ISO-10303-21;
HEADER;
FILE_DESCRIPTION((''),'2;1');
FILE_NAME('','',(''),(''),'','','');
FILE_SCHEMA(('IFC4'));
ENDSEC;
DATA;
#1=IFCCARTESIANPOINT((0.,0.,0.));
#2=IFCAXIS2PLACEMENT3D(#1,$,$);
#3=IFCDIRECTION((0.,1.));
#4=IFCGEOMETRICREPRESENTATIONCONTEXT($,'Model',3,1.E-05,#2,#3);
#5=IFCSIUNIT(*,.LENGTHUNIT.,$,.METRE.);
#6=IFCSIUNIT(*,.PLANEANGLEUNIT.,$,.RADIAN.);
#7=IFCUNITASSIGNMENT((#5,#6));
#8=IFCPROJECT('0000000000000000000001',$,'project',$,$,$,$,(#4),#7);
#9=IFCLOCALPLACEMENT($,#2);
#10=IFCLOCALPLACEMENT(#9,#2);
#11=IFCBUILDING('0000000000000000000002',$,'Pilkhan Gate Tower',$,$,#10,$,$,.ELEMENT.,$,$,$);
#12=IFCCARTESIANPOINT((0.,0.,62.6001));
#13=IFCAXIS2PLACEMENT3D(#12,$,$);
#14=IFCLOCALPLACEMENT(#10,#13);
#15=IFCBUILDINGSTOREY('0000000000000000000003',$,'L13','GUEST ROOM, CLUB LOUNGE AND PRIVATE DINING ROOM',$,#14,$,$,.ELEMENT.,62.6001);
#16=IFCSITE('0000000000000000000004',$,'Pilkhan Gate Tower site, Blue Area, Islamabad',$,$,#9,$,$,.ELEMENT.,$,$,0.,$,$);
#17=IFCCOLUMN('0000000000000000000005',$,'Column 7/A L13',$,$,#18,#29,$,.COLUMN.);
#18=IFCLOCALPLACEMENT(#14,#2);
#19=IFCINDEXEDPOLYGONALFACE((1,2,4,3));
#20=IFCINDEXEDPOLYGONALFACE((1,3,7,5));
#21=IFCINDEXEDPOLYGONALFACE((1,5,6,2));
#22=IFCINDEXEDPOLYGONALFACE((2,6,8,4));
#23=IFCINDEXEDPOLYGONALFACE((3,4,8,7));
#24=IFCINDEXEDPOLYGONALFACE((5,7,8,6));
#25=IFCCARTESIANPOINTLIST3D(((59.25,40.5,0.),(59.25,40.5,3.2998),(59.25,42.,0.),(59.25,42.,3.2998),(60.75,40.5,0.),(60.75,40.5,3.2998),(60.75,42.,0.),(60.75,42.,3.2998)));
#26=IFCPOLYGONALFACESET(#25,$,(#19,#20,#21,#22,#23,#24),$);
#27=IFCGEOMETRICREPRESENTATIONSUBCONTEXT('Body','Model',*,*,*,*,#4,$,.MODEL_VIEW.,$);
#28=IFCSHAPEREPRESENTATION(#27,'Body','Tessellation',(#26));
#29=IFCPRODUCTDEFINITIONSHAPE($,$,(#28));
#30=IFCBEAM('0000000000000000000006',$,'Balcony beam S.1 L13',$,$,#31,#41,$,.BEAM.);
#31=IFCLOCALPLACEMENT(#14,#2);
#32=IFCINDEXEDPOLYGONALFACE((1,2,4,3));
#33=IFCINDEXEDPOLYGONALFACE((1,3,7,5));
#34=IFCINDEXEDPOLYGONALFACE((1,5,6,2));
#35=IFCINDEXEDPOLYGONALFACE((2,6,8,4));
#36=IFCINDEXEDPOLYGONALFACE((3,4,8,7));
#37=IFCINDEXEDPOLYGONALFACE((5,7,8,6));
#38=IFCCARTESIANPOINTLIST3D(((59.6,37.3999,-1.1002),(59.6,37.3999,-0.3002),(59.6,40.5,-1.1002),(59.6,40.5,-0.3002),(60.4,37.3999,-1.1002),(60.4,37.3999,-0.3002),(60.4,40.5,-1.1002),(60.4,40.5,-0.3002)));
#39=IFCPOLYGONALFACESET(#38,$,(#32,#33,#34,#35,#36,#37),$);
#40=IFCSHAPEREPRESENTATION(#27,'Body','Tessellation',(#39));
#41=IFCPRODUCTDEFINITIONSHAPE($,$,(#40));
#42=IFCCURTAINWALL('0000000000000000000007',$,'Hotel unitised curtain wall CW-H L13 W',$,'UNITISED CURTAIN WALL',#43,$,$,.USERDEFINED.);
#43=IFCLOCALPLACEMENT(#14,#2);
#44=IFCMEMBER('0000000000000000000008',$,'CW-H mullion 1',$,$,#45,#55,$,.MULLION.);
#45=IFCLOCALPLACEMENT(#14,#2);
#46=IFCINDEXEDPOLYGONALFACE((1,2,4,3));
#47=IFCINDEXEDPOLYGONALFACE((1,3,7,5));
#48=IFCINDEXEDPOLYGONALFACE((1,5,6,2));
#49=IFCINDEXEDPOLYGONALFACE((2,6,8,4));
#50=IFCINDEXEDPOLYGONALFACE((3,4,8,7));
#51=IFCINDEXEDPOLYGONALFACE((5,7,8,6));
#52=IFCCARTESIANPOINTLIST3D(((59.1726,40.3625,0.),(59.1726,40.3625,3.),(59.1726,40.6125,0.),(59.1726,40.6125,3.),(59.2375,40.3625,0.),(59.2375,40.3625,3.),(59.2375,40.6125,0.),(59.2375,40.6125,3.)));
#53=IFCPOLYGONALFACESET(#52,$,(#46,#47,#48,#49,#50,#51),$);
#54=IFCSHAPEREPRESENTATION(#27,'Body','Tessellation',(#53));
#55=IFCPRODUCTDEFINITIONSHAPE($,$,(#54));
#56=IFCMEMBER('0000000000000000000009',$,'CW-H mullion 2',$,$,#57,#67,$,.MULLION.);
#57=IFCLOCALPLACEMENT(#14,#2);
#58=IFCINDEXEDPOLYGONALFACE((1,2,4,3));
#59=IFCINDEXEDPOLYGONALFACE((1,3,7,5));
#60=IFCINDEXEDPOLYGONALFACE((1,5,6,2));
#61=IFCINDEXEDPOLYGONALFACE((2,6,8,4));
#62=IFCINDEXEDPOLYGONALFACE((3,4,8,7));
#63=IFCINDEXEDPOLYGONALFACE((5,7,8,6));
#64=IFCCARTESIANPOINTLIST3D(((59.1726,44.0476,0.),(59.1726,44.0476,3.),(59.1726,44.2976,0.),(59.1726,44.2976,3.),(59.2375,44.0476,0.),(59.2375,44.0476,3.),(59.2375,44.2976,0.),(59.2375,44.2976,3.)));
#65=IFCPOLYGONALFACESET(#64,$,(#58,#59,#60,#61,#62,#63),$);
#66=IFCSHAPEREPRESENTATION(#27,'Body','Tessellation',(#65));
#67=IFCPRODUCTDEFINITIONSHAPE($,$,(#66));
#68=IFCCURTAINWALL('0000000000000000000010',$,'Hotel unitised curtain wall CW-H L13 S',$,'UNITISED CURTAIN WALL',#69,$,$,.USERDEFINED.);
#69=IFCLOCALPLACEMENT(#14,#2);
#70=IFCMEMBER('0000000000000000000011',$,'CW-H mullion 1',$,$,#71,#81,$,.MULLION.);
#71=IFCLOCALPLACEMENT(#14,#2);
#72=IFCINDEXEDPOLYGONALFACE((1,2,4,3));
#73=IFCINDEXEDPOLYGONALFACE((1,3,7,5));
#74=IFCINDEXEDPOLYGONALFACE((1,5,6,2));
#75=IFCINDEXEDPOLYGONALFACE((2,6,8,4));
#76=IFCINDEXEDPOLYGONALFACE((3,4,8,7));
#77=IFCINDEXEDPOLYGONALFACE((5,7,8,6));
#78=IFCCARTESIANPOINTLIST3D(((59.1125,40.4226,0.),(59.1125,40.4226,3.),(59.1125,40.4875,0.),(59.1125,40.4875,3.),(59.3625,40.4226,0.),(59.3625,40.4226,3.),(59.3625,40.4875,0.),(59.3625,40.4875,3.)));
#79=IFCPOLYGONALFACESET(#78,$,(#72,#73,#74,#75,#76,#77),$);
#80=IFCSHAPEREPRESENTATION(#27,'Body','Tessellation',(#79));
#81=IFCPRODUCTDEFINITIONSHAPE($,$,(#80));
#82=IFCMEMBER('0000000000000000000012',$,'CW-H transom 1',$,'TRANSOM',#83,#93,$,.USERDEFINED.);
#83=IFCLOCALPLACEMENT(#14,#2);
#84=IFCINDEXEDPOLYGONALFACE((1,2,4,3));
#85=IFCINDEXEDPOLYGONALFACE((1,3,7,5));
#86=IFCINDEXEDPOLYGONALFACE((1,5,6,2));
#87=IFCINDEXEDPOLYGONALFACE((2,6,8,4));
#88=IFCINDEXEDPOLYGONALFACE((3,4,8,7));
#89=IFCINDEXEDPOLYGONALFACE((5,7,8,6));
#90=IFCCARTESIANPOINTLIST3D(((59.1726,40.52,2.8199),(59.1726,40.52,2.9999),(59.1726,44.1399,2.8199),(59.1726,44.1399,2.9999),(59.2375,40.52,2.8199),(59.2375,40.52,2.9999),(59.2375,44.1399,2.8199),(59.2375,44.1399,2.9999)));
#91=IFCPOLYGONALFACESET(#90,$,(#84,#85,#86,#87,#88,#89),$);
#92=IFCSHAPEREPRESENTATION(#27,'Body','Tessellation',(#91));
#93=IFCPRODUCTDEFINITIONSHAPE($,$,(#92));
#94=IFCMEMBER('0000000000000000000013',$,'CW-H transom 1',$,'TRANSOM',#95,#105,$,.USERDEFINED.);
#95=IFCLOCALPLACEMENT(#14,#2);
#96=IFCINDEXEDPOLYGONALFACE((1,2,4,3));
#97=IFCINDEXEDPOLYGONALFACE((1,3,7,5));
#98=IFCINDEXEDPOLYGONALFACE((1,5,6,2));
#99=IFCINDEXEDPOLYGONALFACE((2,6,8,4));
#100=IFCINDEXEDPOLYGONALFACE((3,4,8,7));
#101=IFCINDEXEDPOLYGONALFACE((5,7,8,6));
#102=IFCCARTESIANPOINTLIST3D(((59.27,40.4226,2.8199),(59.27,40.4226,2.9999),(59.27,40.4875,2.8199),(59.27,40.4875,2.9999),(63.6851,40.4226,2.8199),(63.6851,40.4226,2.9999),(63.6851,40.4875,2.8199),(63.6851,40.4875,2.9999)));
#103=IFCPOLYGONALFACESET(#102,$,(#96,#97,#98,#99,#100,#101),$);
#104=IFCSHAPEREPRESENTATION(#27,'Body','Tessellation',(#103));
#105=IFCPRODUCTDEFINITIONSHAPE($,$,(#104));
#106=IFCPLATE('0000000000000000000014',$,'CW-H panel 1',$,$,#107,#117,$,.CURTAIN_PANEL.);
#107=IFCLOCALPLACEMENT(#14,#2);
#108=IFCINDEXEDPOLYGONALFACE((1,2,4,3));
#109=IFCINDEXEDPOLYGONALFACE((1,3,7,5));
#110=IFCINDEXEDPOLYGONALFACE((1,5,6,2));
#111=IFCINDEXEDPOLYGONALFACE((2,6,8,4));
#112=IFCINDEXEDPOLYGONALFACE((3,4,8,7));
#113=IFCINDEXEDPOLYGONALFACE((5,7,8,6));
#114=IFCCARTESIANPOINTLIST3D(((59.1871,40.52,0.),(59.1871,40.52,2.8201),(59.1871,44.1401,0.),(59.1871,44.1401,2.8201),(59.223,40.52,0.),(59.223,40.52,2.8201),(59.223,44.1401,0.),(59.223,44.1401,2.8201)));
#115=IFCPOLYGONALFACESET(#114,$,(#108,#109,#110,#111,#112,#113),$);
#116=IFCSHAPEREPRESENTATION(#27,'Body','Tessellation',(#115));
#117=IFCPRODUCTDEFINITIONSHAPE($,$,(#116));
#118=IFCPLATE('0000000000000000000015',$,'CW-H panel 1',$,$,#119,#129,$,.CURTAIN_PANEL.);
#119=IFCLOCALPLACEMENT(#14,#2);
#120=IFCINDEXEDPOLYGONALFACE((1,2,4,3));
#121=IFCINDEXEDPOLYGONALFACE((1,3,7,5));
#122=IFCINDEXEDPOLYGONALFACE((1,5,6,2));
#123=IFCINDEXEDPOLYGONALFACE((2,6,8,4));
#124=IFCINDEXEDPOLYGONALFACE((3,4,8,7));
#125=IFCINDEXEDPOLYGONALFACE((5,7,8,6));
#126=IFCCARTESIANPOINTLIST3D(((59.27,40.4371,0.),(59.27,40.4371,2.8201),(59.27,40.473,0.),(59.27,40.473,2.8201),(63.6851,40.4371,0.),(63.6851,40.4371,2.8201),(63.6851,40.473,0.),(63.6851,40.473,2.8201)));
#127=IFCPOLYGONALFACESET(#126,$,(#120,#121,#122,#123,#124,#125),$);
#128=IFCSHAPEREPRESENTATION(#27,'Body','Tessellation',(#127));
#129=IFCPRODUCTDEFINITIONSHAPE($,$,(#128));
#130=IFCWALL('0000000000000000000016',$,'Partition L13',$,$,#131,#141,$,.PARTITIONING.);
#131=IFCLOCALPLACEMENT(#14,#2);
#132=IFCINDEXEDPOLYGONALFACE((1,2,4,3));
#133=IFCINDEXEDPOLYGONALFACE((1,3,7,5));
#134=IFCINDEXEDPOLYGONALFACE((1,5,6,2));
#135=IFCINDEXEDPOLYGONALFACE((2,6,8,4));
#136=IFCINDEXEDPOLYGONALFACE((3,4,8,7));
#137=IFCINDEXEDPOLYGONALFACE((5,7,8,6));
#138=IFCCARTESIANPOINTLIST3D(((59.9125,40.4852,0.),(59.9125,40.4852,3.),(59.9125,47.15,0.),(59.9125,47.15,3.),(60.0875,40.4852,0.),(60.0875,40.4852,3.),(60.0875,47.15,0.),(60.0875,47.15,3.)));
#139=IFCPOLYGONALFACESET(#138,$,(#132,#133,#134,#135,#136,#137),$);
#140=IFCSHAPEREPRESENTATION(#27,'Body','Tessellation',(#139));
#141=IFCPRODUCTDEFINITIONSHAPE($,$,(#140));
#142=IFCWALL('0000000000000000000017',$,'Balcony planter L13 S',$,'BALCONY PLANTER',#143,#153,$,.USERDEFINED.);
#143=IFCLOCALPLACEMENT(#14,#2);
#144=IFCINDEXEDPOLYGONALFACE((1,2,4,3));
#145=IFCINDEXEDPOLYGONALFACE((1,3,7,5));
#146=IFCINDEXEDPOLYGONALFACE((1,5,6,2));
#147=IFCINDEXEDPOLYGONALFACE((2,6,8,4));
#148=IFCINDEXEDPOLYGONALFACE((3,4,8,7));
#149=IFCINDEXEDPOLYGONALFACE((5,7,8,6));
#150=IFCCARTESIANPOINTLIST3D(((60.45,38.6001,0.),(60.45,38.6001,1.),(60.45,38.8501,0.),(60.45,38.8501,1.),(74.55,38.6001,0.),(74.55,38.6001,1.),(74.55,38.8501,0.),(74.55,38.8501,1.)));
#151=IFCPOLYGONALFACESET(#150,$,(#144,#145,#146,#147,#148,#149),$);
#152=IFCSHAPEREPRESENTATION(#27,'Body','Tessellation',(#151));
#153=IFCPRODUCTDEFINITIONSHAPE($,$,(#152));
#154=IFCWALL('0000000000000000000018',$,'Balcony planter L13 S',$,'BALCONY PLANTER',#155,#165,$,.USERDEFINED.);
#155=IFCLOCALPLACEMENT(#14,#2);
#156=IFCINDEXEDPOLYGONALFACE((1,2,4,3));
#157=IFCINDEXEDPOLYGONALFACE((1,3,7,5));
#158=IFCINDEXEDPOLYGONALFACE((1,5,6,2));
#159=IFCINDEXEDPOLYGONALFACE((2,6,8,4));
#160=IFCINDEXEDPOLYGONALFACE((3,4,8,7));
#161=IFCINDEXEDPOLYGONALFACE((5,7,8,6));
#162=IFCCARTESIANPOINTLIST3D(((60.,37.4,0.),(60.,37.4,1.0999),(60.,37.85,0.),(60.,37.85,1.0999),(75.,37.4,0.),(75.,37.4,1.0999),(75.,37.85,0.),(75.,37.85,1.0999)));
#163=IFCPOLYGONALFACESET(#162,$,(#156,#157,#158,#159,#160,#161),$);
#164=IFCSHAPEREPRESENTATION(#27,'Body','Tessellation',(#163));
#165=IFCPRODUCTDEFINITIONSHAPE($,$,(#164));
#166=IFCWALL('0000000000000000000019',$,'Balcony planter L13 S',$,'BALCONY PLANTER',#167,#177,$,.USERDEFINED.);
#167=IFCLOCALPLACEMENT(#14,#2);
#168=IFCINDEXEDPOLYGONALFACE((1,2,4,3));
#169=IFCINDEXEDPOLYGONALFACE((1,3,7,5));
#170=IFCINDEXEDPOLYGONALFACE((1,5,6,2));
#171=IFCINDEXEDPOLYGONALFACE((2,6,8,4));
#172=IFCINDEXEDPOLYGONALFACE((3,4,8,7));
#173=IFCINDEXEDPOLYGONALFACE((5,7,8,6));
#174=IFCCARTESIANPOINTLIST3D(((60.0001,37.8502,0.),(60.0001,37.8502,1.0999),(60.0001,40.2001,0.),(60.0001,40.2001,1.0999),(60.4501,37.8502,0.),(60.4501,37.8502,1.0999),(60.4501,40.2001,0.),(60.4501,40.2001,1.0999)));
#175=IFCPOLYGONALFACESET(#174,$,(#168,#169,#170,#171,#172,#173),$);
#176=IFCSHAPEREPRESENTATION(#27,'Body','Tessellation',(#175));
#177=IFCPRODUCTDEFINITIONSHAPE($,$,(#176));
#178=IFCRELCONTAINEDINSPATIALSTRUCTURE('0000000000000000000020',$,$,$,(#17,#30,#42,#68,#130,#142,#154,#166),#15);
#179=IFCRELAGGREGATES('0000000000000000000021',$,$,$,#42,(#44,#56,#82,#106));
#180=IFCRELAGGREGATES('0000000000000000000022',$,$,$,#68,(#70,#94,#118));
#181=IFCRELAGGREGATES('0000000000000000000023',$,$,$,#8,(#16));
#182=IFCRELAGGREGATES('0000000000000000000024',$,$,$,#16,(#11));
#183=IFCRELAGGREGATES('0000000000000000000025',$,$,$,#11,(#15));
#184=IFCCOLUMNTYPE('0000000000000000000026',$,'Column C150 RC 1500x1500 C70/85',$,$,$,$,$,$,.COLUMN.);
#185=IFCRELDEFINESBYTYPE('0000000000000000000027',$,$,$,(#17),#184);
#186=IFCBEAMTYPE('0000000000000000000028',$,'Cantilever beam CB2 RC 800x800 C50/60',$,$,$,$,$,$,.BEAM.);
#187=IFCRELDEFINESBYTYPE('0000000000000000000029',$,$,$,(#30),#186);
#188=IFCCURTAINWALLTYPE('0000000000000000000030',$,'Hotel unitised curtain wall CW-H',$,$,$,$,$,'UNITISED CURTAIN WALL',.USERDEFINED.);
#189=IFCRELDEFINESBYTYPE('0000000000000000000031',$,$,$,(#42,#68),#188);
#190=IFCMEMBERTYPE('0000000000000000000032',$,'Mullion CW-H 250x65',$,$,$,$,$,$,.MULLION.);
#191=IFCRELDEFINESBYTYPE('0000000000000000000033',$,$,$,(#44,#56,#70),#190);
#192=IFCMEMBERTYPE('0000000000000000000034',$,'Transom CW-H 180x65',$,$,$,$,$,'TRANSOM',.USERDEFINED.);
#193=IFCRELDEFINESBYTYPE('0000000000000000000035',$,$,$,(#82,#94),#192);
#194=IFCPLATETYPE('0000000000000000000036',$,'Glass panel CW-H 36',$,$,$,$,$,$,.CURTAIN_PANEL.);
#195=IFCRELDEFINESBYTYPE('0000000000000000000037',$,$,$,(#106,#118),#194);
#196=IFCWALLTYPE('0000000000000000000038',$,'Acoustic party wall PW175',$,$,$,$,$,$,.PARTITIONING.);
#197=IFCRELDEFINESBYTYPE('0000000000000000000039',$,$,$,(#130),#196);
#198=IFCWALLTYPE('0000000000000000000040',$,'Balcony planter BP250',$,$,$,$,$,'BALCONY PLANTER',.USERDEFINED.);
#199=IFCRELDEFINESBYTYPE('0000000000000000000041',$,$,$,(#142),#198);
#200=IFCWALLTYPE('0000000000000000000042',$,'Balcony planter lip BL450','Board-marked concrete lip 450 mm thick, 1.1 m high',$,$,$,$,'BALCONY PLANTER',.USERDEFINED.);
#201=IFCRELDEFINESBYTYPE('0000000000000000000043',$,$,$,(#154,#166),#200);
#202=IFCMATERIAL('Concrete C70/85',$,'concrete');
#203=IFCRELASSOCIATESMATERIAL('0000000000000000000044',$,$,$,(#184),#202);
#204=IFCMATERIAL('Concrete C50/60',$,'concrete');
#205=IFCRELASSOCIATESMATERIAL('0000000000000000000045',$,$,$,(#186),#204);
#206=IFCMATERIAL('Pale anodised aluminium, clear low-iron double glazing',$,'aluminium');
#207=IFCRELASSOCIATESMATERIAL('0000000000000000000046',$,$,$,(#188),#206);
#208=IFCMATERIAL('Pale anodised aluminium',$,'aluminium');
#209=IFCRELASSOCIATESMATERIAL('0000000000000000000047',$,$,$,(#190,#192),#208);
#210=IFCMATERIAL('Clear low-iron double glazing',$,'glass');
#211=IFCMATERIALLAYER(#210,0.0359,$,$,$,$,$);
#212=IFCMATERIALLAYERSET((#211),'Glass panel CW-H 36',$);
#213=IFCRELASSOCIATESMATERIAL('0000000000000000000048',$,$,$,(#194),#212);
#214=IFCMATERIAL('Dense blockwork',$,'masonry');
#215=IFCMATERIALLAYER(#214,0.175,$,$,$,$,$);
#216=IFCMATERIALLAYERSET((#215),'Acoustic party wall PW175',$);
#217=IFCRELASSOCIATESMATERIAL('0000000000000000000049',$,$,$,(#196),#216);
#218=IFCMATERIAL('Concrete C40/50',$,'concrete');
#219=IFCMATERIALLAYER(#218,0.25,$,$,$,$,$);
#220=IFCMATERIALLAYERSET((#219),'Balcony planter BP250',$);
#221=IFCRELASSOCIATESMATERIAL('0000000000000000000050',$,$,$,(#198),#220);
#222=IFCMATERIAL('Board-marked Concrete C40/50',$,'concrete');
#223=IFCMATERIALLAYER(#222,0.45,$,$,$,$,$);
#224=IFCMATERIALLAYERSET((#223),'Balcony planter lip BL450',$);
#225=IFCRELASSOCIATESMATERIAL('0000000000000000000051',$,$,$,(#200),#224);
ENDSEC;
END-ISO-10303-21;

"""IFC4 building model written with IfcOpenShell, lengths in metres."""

from ifc_helpers import new_model, si_unit, direction, frame, frame_2d, origin, origin_2d, place, context, subcontext, project, spatial, rectangle, extrude, material, layer, layer_set, material_profile, profile_set, type_object, element, aggregate, save


model = new_model("IFC4")

# Units and contexts
model_context = context("Model", 3, precision=1e-05, world=origin(), true_north=direction((0.0, 1.0)))
body_context = subcontext(model_context, "Body", "Model", "MODEL_VIEW")
ifc_project = project(units=[si_unit("LENGTHUNIT", "METRE"), si_unit("PLANEANGLEUNIT", "RADIAN")], contexts=[model_context])

# Site, building, storey
site_placement = place(None, origin())
site = spatial("IfcSite", under=ifc_project, at=site_placement, Name="Pilkhan Gate Tower site, Blue Area, Islamabad", CompositionType="ELEMENT", RefElevation=0.0)
building_placement = place(site_placement, origin())
building = spatial("IfcBuilding", under=site, at=building_placement, Name="Pilkhan Gate Tower", CompositionType="ELEMENT")
storey_placement = place(building_placement, frame((0.0, 0.0, 62.6001)))
storey = spatial("IfcBuildingStorey", under=building, at=storey_placement, Name="L13", Description="GUEST ROOM, CLUB LOUNGE AND PRIVATE DINING ROOM", CompositionType="ELEMENT", Elevation=62.6001)

# Column
ifc_material_1 = material(Name="Concrete C70/85", Category="concrete")
ifc_material_profile_1 = material_profile(ifc_material_1, rectangle(XDim=1.5, YDim=1.5, at=origin_2d()), Name="RC 1500x1500")
ifc_profile_set_1 = profile_set([ifc_material_profile_1], Name="Concrete C70/85")
column_type = type_object("IfcColumnType", Name="Column C150 RC 1500x1500 C70/85", PredefinedType="COLUMN", material=ifc_profile_set_1)
column_placement = place(storey_placement, frame((60.0, 41.25, 0.0), z_axis=(0.0, 0.0, 1.0), x_axis=(1.0, 0.0, 0.0)))
element("IfcColumn", 1, at=column_placement, inside=storey, type_object=column_type, Name="Column 7/A L13", PredefinedType="COLUMN", context=body_context, shape_type="SweptSolid", body=[
    extrude(rectangle(XDim=1.5, YDim=1.5, at=origin_2d()), origin(), (0.0, 0.0, 1.0), 3.2998),
])

# Beam
ifc_material_2 = material(Name="Concrete C50/60", Category="concrete")
ifc_material_profile_2 = material_profile(ifc_material_2, rectangle(XDim=0.8, YDim=0.8, at=origin_2d()), Name="RC 800x800")
ifc_profile_set_2 = profile_set([ifc_material_profile_2], Name="Concrete C50/60")
beam_type = type_object("IfcBeamType", Name="Cantilever beam CB2 RC 800x800 C50/60", PredefinedType="BEAM", material=ifc_profile_set_2)
beam_placement = place(storey_placement, frame((60.0, 40.5, -0.7002), z_axis=(0.0, -1.0, 0.0), x_axis=(1.0, 0.0, 0.0)))
element("IfcBeam", 2, at=beam_placement, inside=storey, type_object=beam_type, Name="Balcony beam S.1 L13", PredefinedType="BEAM", context=body_context, shape_type="SweptSolid", body=[
    extrude(rectangle(XDim=0.8, YDim=0.8, at=origin_2d()), origin(), (0.0, 0.0, 1.0), 3.1001),
])

# Curtain wall, members
ifc_material_3 = material(Name="Pale anodised aluminium, clear low-iron double glazing", Category="aluminium")
curtain_wall_type = type_object("IfcCurtainWallType", Name="Hotel unitised curtain wall CW-H", ElementType="UNITISED CURTAIN WALL", PredefinedType="USERDEFINED", material=ifc_material_3)
curtain_wall_1_placement = place(storey_placement, origin())
curtain_wall_1 = element("IfcCurtainWall", 3, at=curtain_wall_1_placement, inside=storey, type_object=curtain_wall_type, Name="Hotel unitised curtain wall CW-H L13 W", ObjectType="UNITISED CURTAIN WALL", PredefinedType="USERDEFINED")
ifc_material_4 = material(Name="Pale anodised aluminium", Category="aluminium")
ifc_material_profile_3 = material_profile(ifc_material_4, rectangle(XDim=0.0649, YDim=0.25, at=origin_2d()), Name="Mullion 250x65")
ifc_profile_set_3 = profile_set([ifc_material_profile_3], Name="Pale anodised aluminium")
member_type_1 = type_object("IfcMemberType", Name="Mullion CW-H 250x65", PredefinedType="MULLION", material=ifc_profile_set_3)
member_1_placement = place(storey_placement, frame((59.2051, 40.4875, 0.0), z_axis=(0.0, 0.0, 1.0), x_axis=(-1.0, 0.0, 0.0)))
member_1 = element("IfcMember", 4, at=member_1_placement, type_object=member_type_1, Name="CW-H mullion 1", PredefinedType="MULLION", context=body_context, shape_type="SweptSolid", body=[
    extrude(rectangle(XDim=0.0649, YDim=0.25, at=origin_2d()), origin(), (0.0, 0.0, 1.0), 3.0),
])
member_2_placement = place(storey_placement, frame((59.2051, 44.1726, 0.0), z_axis=(0.0, 0.0, 1.0), x_axis=(-1.0, 0.0, 0.0)))
member_2 = element("IfcMember", 5, at=member_2_placement, type_object=member_type_1, Name="CW-H mullion 2", PredefinedType="MULLION", context=body_context, shape_type="SweptSolid", body=[
    extrude(rectangle(XDim=0.0649, YDim=0.25, at=origin_2d()), origin(), (0.0, 0.0, 1.0), 3.0),
])

# Curtain wall, member
curtain_wall_2_placement = place(storey_placement, origin())
curtain_wall_2 = element("IfcCurtainWall", 6, at=curtain_wall_2_placement, inside=storey, type_object=curtain_wall_type, Name="Hotel unitised curtain wall CW-H L13 S", ObjectType="UNITISED CURTAIN WALL", PredefinedType="USERDEFINED")
member_3_placement = place(storey_placement, frame((59.2375, 40.4551, 0.0), z_axis=(0.0, 0.0, 1.0), x_axis=(0.0, 1.0, 0.0)))
member_3 = element("IfcMember", 7, at=member_3_placement, type_object=member_type_1, Name="CW-H mullion 1", PredefinedType="MULLION", context=body_context, shape_type="SweptSolid", body=[
    extrude(rectangle(XDim=0.0649, YDim=0.25, at=origin_2d()), origin(), (0.0, 0.0, 1.0), 3.0),
])

# Members
ifc_material_profile_4 = material_profile(ifc_material_4, rectangle(XDim=0.0649, YDim=0.1799, at=origin_2d()), Name="Transom 180x65")
ifc_profile_set_4 = profile_set([ifc_material_profile_4], Name="Pale anodised aluminium")
member_type_2 = type_object("IfcMemberType", Name="Transom CW-H 180x65", ElementType="TRANSOM", PredefinedType="USERDEFINED", material=ifc_profile_set_4)
member_4_placement = place(storey_placement, frame((59.2051, 40.52, 2.9099), z_axis=(0.0, 1.0, 0.0), x_axis=(-1.0, 0.0, 0.0)))
member_4 = element("IfcMember", 8, at=member_4_placement, type_object=member_type_2, Name="CW-H transom 1", ObjectType="TRANSOM", PredefinedType="USERDEFINED", context=body_context, shape_type="SweptSolid", body=[
    extrude(rectangle(XDim=0.0649, YDim=0.1799, at=origin_2d()), origin(), (0.0, 0.0, 1.0), 3.6199),
])
member_5_placement = place(storey_placement, frame((59.27, 40.4551, 2.9099), z_axis=(1.0, 0.0, 0.0), x_axis=(0.0, 1.0, 0.0)))
member_5 = element("IfcMember", 9, at=member_5_placement, type_object=member_type_2, Name="CW-H transom 1", ObjectType="TRANSOM", PredefinedType="USERDEFINED", context=body_context, shape_type="SweptSolid", body=[
    extrude(rectangle(XDim=0.0649, YDim=0.1799, at=origin_2d()), origin(), (0.0, 0.0, 1.0), 4.415),
])

# Plates
ifc_material_5 = material(Name="Clear low-iron double glazing", Category="glass")
ifc_layer_1 = layer(ifc_material_5, 0.0359)
ifc_layer_set_1 = layer_set([ifc_layer_1], Name="Glass panel CW-H 36")
plate_type = type_object("IfcPlateType", Name="Glass panel CW-H 36", PredefinedType="CURTAIN_PANEL", material=ifc_layer_set_1)
plate_1_placement = place(storey_placement, frame((59.2051, 42.3301, 0.0), z_axis=(0.0, 0.0, 1.0), x_axis=(0.0, 1.0, 0.0)))
plate_1 = element("IfcPlate", 10, at=plate_1_placement, type_object=plate_type, Name="CW-H panel 1", PredefinedType="CURTAIN_PANEL", context=body_context, shape_type="SweptSolid", body=[
    extrude(rectangle(XDim=3.6201, YDim=0.0359, at=origin_2d()), origin(), (0.0, 0.0, 1.0), 2.8201),
])
aggregate(curtain_wall_1, [member_1, member_2, member_4, plate_1])
plate_2_placement = place(storey_placement, frame((61.4775, 40.4551, 0.0), z_axis=(0.0, 0.0, 1.0), x_axis=(1.0, 0.0, 0.0)))
plate_2 = element("IfcPlate", 11, at=plate_2_placement, type_object=plate_type, Name="CW-H panel 1", PredefinedType="CURTAIN_PANEL", context=body_context, shape_type="SweptSolid", body=[
    extrude(rectangle(XDim=4.415, YDim=0.0359, at=origin_2d()), origin(), (0.0, 0.0, 1.0), 2.8201),
])
aggregate(curtain_wall_2, [member_3, member_5, plate_2])

# Walls
ifc_material_6 = material(Name="Dense blockwork", Category="masonry")
ifc_layer_2 = layer(ifc_material_6, 0.175)
ifc_layer_set_2 = layer_set([ifc_layer_2], Name="Acoustic party wall PW175")
wall_type_1 = type_object("IfcWallType", Name="Acoustic party wall PW175", PredefinedType="PARTITIONING", material=ifc_layer_set_2)
wall_1_placement = place(storey_placement, frame((60.0, 40.4851, 0.0), z_axis=(0.0, 0.0, 1.0), x_axis=(0.0, 1.0, 0.0)))
element("IfcWall", 12, at=wall_1_placement, inside=storey, type_object=wall_type_1, Name="Partition L13", PredefinedType="PARTITIONING", context=body_context, shape_type="SweptSolid", body=[
    extrude(rectangle(XDim=6.6648, YDim=0.175, at=frame_2d((3.3325, 0.0))), origin(), (0.0, 0.0, 1.0), 3.0),
])
ifc_material_7 = material(Name="Concrete C40/50", Category="concrete")
ifc_layer_3 = layer(ifc_material_7, 0.25)
ifc_layer_set_3 = layer_set([ifc_layer_3], Name="Balcony planter BP250")
wall_type_2 = type_object("IfcWallType", Name="Balcony planter BP250", ElementType="BALCONY PLANTER", PredefinedType="USERDEFINED", material=ifc_layer_set_3)
wall_2_placement = place(storey_placement, frame((60.45, 38.7251, 0.0), z_axis=(0.0, 0.0, 1.0), x_axis=(1.0, 0.0, 0.0)))
element("IfcWall", 13, at=wall_2_placement, inside=storey, type_object=wall_type_2, Name="Balcony planter L13 S", ObjectType="BALCONY PLANTER", PredefinedType="USERDEFINED", context=body_context, shape_type="SweptSolid", body=[
    extrude(rectangle(XDim=14.1001, YDim=0.25, at=frame_2d((7.05, 0.0))), origin(), (0.0, 0.0, 1.0), 1.0),
])
ifc_material_8 = material(Name="Board-marked Concrete C40/50", Category="concrete")
ifc_layer_4 = layer(ifc_material_8, 0.45)
ifc_layer_set_4 = layer_set([ifc_layer_4], Name="Balcony planter lip BL450")
wall_type_3 = type_object("IfcWallType", Name="Balcony planter lip BL450", Description="Board-marked concrete lip 450 mm thick, 1.1 m high", ElementType="BALCONY PLANTER", PredefinedType="USERDEFINED", material=ifc_layer_set_4)
wall_3_placement = place(storey_placement, frame((60.0, 37.625, 0.0), z_axis=(0.0, 0.0, 1.0), x_axis=(1.0, 0.0, 0.0)))
element("IfcWall", 14, at=wall_3_placement, inside=storey, type_object=wall_type_3, Name="Balcony planter L13 S", ObjectType="BALCONY PLANTER", PredefinedType="USERDEFINED", context=body_context, shape_type="SweptSolid", body=[
    extrude(rectangle(XDim=15.0, YDim=0.45, at=frame_2d((7.5, 0.0))), origin(), (0.0, 0.0, 1.0), 1.0999),
])
wall_4_placement = place(storey_placement, frame((60.2251, 40.2, 0.0), z_axis=(0.0, 0.0, 1.0), x_axis=(0.0, -1.0, 0.0)))
element("IfcWall", 15, at=wall_4_placement, inside=storey, type_object=wall_type_3, Name="Balcony planter L13 S", ObjectType="BALCONY PLANTER", PredefinedType="USERDEFINED", context=body_context, shape_type="SweptSolid", body=[
    extrude(rectangle(XDim=2.3499, YDim=0.45, at=frame_2d((1.1748, 0.0))), origin(), (0.0, 0.0, 1.0), 1.0999),
])

save(model, "model.ifc")
